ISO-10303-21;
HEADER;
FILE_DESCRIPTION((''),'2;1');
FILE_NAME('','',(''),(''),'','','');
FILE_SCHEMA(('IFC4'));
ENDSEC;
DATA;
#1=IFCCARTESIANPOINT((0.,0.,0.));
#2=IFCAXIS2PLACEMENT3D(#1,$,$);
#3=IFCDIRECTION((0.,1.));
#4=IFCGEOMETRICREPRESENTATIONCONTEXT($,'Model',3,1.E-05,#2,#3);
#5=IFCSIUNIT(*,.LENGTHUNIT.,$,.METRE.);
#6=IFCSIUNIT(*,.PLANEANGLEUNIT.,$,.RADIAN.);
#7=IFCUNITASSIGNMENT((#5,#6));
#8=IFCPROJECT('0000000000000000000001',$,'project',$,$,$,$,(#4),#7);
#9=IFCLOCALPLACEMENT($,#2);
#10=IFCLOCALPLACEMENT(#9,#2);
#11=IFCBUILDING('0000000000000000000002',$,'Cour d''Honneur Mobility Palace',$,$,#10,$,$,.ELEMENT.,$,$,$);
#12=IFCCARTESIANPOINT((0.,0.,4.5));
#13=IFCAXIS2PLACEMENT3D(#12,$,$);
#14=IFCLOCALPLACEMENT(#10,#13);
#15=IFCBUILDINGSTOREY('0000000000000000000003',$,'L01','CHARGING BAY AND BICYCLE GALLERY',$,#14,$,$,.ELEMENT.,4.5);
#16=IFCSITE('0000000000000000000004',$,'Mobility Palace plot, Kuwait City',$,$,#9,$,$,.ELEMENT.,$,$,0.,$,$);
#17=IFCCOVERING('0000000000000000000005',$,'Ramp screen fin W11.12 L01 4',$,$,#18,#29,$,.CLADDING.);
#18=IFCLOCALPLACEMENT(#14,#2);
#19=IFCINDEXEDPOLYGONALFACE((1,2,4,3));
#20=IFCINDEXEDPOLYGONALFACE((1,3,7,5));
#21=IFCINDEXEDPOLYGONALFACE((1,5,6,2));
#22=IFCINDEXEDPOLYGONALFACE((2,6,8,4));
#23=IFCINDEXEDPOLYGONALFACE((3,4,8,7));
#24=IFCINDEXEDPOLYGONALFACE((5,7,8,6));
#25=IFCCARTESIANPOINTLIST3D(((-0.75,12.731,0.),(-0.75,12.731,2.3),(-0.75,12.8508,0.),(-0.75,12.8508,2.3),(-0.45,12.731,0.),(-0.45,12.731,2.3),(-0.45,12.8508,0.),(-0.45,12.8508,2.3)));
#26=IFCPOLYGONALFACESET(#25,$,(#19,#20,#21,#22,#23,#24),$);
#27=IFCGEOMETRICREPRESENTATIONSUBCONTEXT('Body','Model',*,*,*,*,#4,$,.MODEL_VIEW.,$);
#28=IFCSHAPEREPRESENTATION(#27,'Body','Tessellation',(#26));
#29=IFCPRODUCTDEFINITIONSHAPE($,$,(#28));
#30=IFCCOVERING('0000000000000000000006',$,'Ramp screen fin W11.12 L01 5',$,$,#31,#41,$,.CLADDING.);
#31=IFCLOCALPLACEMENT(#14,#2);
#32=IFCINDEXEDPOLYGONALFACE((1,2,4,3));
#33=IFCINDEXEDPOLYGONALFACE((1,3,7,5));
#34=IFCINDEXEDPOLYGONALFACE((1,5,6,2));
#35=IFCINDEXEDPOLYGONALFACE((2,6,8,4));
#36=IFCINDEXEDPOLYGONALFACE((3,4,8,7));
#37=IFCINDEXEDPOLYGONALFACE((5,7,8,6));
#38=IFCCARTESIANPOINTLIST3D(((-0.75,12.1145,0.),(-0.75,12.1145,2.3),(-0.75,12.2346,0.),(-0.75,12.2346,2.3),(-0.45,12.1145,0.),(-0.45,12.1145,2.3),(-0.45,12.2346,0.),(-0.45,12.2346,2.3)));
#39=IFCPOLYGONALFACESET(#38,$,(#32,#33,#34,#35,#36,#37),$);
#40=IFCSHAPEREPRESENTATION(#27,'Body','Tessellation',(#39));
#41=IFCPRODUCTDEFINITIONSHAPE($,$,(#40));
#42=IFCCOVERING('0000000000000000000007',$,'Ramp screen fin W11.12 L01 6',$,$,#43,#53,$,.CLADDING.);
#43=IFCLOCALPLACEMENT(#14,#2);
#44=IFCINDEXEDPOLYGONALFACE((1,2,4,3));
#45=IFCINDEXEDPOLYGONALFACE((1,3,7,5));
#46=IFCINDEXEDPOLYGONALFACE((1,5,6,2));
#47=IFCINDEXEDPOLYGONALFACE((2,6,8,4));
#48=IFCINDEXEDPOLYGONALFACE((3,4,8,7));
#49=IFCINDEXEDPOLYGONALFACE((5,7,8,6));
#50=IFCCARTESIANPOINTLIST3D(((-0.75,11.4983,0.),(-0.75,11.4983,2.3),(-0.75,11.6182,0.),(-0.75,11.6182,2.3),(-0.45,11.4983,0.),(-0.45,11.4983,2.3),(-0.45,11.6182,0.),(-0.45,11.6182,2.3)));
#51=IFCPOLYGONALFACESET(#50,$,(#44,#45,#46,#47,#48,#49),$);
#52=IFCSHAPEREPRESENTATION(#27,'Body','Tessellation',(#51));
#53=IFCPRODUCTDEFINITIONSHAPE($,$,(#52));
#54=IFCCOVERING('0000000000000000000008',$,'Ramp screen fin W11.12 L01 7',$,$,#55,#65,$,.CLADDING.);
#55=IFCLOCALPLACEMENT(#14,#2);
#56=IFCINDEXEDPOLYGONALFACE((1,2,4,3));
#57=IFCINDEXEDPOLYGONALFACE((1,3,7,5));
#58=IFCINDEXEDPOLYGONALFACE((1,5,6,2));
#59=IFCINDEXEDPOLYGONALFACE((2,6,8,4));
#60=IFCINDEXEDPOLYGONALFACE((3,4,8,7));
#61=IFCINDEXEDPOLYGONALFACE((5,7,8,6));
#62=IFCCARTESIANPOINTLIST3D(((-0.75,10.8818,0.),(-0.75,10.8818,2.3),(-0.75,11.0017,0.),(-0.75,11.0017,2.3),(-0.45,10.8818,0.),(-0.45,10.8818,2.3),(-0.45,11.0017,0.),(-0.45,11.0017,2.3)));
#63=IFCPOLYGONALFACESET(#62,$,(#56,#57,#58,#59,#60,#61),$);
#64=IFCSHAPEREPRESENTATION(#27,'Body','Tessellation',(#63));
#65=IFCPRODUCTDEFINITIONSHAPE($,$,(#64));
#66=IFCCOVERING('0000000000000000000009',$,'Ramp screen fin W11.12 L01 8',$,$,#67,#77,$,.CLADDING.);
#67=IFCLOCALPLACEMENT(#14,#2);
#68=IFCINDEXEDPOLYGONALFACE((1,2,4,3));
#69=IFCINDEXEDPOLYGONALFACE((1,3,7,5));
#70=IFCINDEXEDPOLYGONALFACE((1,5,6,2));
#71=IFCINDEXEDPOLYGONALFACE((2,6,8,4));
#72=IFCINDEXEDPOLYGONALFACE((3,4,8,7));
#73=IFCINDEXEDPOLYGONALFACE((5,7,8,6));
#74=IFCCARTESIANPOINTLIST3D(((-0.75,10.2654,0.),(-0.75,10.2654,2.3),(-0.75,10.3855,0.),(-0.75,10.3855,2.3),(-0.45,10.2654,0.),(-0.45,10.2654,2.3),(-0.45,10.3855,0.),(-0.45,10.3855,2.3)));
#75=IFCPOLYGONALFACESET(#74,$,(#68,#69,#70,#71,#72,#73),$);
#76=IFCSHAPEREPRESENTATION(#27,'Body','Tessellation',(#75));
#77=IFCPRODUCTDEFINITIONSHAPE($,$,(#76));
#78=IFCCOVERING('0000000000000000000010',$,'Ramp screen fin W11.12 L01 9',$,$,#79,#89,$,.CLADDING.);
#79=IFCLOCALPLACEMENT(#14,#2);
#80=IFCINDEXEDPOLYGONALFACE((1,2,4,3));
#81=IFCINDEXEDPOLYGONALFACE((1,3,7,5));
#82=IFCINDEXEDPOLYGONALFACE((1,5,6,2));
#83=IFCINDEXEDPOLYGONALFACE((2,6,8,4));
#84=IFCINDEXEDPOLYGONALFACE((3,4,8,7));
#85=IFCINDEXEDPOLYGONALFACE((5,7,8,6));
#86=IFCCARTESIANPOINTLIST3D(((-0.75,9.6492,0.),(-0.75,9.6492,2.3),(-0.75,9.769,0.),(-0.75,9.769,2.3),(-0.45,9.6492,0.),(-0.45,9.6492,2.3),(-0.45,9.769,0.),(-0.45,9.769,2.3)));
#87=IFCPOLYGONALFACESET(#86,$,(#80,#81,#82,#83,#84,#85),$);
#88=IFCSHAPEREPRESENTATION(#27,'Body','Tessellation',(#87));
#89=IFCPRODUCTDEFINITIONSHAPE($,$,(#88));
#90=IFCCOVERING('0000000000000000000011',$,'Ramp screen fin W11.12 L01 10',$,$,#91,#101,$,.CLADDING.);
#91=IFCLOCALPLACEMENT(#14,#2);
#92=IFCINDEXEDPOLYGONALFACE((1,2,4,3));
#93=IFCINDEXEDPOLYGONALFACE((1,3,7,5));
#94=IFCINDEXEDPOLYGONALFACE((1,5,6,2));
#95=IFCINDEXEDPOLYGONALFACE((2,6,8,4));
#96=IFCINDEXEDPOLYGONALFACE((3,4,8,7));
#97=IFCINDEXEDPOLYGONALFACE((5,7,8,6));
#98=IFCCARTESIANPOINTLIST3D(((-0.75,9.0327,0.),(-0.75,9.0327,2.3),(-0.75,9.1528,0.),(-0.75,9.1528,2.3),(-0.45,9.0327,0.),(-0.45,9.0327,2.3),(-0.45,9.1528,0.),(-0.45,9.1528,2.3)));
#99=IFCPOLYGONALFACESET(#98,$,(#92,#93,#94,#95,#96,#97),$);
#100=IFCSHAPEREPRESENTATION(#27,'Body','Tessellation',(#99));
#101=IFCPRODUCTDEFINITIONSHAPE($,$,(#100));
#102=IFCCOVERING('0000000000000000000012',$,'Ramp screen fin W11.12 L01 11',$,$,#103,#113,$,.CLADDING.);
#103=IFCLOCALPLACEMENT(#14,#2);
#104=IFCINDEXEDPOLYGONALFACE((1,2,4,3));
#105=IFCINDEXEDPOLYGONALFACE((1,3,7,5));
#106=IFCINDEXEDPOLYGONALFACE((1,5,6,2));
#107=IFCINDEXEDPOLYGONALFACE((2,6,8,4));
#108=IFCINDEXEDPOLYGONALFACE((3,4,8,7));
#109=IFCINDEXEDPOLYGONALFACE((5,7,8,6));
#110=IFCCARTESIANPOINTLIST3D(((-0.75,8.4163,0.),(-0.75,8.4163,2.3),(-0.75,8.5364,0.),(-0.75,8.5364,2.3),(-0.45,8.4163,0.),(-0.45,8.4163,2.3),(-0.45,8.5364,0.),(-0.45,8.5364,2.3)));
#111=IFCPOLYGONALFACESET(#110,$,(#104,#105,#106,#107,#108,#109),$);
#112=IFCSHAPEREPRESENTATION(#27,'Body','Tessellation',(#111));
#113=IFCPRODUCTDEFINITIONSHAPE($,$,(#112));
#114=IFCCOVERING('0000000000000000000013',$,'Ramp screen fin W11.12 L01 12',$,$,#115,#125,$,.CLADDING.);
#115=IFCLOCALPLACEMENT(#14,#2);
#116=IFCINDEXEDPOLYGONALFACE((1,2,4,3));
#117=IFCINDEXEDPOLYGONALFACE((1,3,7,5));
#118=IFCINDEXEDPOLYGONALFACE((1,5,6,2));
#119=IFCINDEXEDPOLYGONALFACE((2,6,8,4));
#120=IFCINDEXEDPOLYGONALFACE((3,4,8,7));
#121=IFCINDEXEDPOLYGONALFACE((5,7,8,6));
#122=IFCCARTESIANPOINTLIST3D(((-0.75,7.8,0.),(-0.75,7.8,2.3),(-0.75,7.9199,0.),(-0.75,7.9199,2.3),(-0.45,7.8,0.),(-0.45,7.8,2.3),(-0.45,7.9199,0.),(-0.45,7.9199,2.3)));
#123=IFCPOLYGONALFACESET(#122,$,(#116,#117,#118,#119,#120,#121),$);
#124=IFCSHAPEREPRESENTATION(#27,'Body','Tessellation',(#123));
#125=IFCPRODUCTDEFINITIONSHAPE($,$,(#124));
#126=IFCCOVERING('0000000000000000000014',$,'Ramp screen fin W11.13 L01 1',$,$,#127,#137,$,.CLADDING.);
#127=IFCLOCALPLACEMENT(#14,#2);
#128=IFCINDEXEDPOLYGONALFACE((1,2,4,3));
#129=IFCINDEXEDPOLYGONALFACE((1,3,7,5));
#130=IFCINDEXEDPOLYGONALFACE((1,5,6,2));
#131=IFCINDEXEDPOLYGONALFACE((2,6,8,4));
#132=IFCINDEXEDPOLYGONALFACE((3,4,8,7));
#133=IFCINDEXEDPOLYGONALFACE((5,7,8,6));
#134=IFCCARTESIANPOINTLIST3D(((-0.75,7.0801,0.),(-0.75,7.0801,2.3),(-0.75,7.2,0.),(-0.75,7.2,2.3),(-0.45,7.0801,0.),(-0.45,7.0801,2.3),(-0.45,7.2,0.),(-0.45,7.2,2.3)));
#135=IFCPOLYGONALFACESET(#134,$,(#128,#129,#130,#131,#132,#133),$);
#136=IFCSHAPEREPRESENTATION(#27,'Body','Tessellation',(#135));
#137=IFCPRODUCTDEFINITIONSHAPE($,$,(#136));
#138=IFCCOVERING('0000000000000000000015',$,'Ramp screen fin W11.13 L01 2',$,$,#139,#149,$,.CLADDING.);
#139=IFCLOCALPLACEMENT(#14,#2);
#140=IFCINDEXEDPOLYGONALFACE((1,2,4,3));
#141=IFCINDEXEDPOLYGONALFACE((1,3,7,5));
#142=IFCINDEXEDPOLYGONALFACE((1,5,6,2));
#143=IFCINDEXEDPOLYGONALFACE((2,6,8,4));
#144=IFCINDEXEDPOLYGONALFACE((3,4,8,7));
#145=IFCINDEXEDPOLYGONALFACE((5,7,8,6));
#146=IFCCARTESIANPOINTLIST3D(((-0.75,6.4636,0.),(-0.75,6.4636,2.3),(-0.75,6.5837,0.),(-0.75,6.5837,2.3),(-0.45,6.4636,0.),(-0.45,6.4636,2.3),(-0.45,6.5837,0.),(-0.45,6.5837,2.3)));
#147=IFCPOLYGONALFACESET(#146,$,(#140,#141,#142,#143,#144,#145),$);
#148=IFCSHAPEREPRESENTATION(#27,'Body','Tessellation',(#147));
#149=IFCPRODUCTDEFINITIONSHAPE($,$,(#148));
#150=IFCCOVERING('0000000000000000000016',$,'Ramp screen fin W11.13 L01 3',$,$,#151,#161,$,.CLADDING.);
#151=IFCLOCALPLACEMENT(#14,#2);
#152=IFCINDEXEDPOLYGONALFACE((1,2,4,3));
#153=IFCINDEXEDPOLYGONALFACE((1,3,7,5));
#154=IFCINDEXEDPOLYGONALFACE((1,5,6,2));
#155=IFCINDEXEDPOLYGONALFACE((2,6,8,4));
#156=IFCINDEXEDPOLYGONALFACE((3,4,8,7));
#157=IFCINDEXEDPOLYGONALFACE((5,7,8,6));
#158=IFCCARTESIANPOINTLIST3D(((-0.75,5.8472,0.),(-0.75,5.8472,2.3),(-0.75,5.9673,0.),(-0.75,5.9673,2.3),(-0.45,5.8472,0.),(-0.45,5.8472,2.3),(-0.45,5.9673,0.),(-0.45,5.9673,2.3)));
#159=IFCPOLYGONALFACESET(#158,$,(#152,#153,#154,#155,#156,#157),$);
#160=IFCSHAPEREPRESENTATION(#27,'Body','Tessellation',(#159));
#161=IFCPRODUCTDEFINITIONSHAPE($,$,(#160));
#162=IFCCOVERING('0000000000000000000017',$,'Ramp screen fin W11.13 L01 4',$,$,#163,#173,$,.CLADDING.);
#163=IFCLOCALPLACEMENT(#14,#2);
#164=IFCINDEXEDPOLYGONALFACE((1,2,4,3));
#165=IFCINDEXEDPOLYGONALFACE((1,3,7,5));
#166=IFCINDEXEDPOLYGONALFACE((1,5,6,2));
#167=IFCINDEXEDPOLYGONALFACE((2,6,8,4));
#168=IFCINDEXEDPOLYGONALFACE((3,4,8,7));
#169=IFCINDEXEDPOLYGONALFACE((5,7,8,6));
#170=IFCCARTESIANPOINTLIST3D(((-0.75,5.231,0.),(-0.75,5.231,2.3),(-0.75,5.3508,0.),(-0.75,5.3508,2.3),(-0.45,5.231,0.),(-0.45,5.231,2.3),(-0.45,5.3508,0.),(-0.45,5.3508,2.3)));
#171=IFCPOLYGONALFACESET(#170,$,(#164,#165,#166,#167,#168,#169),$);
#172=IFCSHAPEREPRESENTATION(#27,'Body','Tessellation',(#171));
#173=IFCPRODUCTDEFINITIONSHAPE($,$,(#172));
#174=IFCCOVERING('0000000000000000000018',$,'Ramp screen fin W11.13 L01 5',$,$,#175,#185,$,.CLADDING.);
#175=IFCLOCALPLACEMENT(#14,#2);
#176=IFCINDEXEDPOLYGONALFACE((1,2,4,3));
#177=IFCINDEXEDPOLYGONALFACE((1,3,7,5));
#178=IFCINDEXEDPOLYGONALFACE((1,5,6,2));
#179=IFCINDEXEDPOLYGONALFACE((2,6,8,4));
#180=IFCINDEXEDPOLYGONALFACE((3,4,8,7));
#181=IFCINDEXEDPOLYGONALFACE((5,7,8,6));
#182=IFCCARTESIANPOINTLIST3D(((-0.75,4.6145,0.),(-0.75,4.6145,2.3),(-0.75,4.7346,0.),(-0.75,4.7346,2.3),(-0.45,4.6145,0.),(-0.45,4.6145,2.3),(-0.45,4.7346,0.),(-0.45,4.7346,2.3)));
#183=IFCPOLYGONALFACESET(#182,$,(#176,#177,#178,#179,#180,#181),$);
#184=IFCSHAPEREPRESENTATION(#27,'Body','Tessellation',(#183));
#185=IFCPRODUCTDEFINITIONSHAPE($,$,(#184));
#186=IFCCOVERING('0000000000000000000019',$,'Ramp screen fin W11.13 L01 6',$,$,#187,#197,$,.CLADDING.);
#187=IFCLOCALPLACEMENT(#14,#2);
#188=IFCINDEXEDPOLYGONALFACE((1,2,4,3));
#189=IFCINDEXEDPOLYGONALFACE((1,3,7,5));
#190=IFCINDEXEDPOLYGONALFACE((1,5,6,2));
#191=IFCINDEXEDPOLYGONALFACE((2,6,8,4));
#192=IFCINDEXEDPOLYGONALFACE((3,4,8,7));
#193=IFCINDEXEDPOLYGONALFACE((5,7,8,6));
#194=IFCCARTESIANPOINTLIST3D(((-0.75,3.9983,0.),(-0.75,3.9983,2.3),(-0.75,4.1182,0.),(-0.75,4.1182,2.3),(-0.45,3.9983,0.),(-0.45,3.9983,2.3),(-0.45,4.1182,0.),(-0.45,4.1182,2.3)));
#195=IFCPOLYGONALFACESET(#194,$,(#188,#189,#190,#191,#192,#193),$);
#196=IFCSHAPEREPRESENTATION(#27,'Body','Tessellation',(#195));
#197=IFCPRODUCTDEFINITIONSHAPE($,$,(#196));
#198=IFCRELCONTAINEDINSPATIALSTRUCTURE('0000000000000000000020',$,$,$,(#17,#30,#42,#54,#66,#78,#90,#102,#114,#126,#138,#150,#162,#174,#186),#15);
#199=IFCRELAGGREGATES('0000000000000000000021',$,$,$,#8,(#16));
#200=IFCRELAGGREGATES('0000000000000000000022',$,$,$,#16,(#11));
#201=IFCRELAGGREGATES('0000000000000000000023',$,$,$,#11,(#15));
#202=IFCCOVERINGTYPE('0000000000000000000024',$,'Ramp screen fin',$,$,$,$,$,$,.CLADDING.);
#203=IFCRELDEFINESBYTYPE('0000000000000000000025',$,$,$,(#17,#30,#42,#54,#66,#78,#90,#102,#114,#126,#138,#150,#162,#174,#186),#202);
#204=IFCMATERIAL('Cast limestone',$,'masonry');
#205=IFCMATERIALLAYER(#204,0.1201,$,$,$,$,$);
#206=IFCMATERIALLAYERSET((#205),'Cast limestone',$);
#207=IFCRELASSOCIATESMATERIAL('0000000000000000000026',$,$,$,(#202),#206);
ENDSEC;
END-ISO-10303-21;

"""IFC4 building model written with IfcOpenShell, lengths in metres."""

from ifc_helpers import new_model, si_unit, direction, frame, origin, place, context, subcontext, project, spatial, polyline, outline, extrude, material, layer, layer_set, type_object, element, save


model = new_model("IFC4")

# Units and contexts
model_context = context("Model", 3, precision=1e-05, world=origin(), true_north=direction((0.0, 1.0)))
body_context = subcontext(model_context, "Body", "Model", "MODEL_VIEW")
ifc_project = project(units=[si_unit("LENGTHUNIT", "METRE"), si_unit("PLANEANGLEUNIT", "RADIAN")], contexts=[model_context])

# Site, building, storey
site_placement = place(None, origin())
site = spatial("IfcSite", under=ifc_project, at=site_placement, Name="Mobility Palace plot, Kuwait City", CompositionType="ELEMENT", RefElevation=0.0)
building_placement = place(site_placement, origin())
building = spatial("IfcBuilding", under=site, at=building_placement, Name="Cour d'Honneur Mobility Palace", CompositionType="ELEMENT")
storey_placement = place(building_placement, frame((0.0, 0.0, 4.5)))
storey = spatial("IfcBuildingStorey", under=building, at=storey_placement, Name="L01", Description="CHARGING BAY AND BICYCLE GALLERY", CompositionType="ELEMENT", Elevation=4.5)

# Coverings
ifc_material = material(Name="Cast limestone", Category="masonry")
ifc_layer = layer(ifc_material, 0.1201)
ifc_layer_set = layer_set([ifc_layer], Name="Cast limestone")
covering_type = type_object("IfcCoveringType", Name="Ramp screen fin", PredefinedType="CLADDING", material=ifc_layer_set)
covering_1_placement = place(storey_placement, origin())
element("IfcCovering", 1, at=covering_1_placement, inside=storey, type_object=covering_type, Name="Ramp screen fin W11.12 L01 4", PredefinedType="CLADDING", context=body_context, shape_type="SweptSolid", body=[
    extrude(outline(polyline([(-0.45, 12.8508), (-0.45, 12.731), (-0.75, 12.731), (-0.75, 12.8508), (-0.45, 12.8508)])), origin(), (0.0, 0.0, 1.0), 2.3),
])
covering_2_placement = place(storey_placement, origin())
element("IfcCovering", 2, at=covering_2_placement, inside=storey, type_object=covering_type, Name="Ramp screen fin W11.12 L01 5", PredefinedType="CLADDING", context=body_context, shape_type="SweptSolid", body=[
    extrude(outline(polyline([(-0.45, 12.2346), (-0.45, 12.1145), (-0.75, 12.1145), (-0.75, 12.2346), (-0.45, 12.2346)])), origin(), (0.0, 0.0, 1.0), 2.3),
])
covering_3_placement = place(storey_placement, origin())
element("IfcCovering", 3, at=covering_3_placement, inside=storey, type_object=covering_type, Name="Ramp screen fin W11.12 L01 6", PredefinedType="CLADDING", context=body_context, shape_type="SweptSolid", body=[
    extrude(outline(polyline([(-0.45, 11.6182), (-0.45, 11.4983), (-0.75, 11.4983), (-0.75, 11.6182), (-0.45, 11.6182)])), origin(), (0.0, 0.0, 1.0), 2.3),
])
covering_4_placement = place(storey_placement, origin())
element("IfcCovering", 4, at=covering_4_placement, inside=storey, type_object=covering_type, Name="Ramp screen fin W11.12 L01 7", PredefinedType="CLADDING", context=body_context, shape_type="SweptSolid", body=[
    extrude(outline(polyline([(-0.45, 11.0017), (-0.45, 10.8818), (-0.75, 10.8818), (-0.75, 11.0017), (-0.45, 11.0017)])), origin(), (0.0, 0.0, 1.0), 2.3),
])
covering_5_placement = place(storey_placement, origin())
element("IfcCovering", 5, at=covering_5_placement, inside=storey, type_object=covering_type, Name="Ramp screen fin W11.12 L01 8", PredefinedType="CLADDING", context=body_context, shape_type="SweptSolid", body=[
    extrude(outline(polyline([(-0.45, 10.3855), (-0.45, 10.2654), (-0.75, 10.2654), (-0.75, 10.3855), (-0.45, 10.3855)])), origin(), (0.0, 0.0, 1.0), 2.3),
])
covering_6_placement = place(storey_placement, origin())
element("IfcCovering", 6, at=covering_6_placement, inside=storey, type_object=covering_type, Name="Ramp screen fin W11.12 L01 9", PredefinedType="CLADDING", context=body_context, shape_type="SweptSolid", body=[
    extrude(outline(polyline([(-0.45, 9.769), (-0.45, 9.6492), (-0.75, 9.6492), (-0.75, 9.769), (-0.45, 9.769)])), origin(), (0.0, 0.0, 1.0), 2.3),
])
covering_7_placement = place(storey_placement, origin())
element("IfcCovering", 7, at=covering_7_placement, inside=storey, type_object=covering_type, Name="Ramp screen fin W11.12 L01 10", PredefinedType="CLADDING", context=body_context, shape_type="SweptSolid", body=[
    extrude(outline(polyline([(-0.45, 9.1528), (-0.45, 9.0327), (-0.75, 9.0327), (-0.75, 9.1528), (-0.45, 9.1528)])), origin(), (0.0, 0.0, 1.0), 2.3),
])
covering_8_placement = place(storey_placement, origin())
element("IfcCovering", 8, at=covering_8_placement, inside=storey, type_object=covering_type, Name="Ramp screen fin W11.12 L01 11", PredefinedType="CLADDING", context=body_context, shape_type="SweptSolid", body=[
    extrude(outline(polyline([(-0.45, 8.5364), (-0.45, 8.4163), (-0.75, 8.4163), (-0.75, 8.5364), (-0.45, 8.5364)])), origin(), (0.0, 0.0, 1.0), 2.3),
])
covering_9_placement = place(storey_placement, origin())
element("IfcCovering", 9, at=covering_9_placement, inside=storey, type_object=covering_type, Name="Ramp screen fin W11.12 L01 12", PredefinedType="CLADDING", context=body_context, shape_type="SweptSolid", body=[
    extrude(outline(polyline([(-0.45, 7.9199), (-0.45, 7.8), (-0.75, 7.8), (-0.75, 7.9199), (-0.45, 7.9199)])), origin(), (0.0, 0.0, 1.0), 2.3),
])
covering_10_placement = place(storey_placement, origin())
element("IfcCovering", 10, at=covering_10_placement, inside=storey, type_object=covering_type, Name="Ramp screen fin W11.13 L01 1", PredefinedType="CLADDING", context=body_context, shape_type="SweptSolid", body=[
    extrude(outline(polyline([(-0.45, 7.2), (-0.45, 7.0801), (-0.75, 7.0801), (-0.75, 7.2), (-0.45, 7.2)])), origin(), (0.0, 0.0, 1.0), 2.3),
])
covering_11_placement = place(storey_placement, origin())
element("IfcCovering", 11, at=covering_11_placement, inside=storey, type_object=covering_type, Name="Ramp screen fin W11.13 L01 2", PredefinedType="CLADDING", context=body_context, shape_type="SweptSolid", body=[
    extrude(outline(polyline([(-0.45, 6.5837), (-0.45, 6.4636), (-0.75, 6.4636), (-0.75, 6.5837), (-0.45, 6.5837)])), origin(), (0.0, 0.0, 1.0), 2.3),
])
covering_12_placement = place(storey_placement, origin())
element("IfcCovering", 12, at=covering_12_placement, inside=storey, type_object=covering_type, Name="Ramp screen fin W11.13 L01 3", PredefinedType="CLADDING", context=body_context, shape_type="SweptSolid", body=[
    extrude(outline(polyline([(-0.45, 5.9673), (-0.45, 5.8472), (-0.75, 5.8472), (-0.75, 5.9673), (-0.45, 5.9673)])), origin(), (0.0, 0.0, 1.0), 2.3),
])
covering_13_placement = place(storey_placement, origin())
element("IfcCovering", 13, at=covering_13_placement, inside=storey, type_object=covering_type, Name="Ramp screen fin W11.13 L01 4", PredefinedType="CLADDING", context=body_context, shape_type="SweptSolid", body=[
    extrude(outline(polyline([(-0.45, 5.3508), (-0.45, 5.231), (-0.75, 5.231), (-0.75, 5.3508), (-0.45, 5.3508)])), origin(), (0.0, 0.0, 1.0), 2.3),
])
covering_14_placement = place(storey_placement, origin())
element("IfcCovering", 14, at=covering_14_placement, inside=storey, type_object=covering_type, Name="Ramp screen fin W11.13 L01 5", PredefinedType="CLADDING", context=body_context, shape_type="SweptSolid", body=[
    extrude(outline(polyline([(-0.45, 4.7346), (-0.45, 4.6145), (-0.75, 4.6145), (-0.75, 4.7346), (-0.45, 4.7346)])), origin(), (0.0, 0.0, 1.0), 2.3),
])
covering_15_placement = place(storey_placement, origin())
element("IfcCovering", 15, at=covering_15_placement, inside=storey, type_object=covering_type, Name="Ramp screen fin W11.13 L01 6", PredefinedType="CLADDING", context=body_context, shape_type="SweptSolid", body=[
    extrude(outline(polyline([(-0.45, 4.1182), (-0.45, 3.9983), (-0.75, 3.9983), (-0.75, 4.1182), (-0.45, 4.1182)])), origin(), (0.0, 0.0, 1.0), 2.3),
])

save(model, "model.ifc")
